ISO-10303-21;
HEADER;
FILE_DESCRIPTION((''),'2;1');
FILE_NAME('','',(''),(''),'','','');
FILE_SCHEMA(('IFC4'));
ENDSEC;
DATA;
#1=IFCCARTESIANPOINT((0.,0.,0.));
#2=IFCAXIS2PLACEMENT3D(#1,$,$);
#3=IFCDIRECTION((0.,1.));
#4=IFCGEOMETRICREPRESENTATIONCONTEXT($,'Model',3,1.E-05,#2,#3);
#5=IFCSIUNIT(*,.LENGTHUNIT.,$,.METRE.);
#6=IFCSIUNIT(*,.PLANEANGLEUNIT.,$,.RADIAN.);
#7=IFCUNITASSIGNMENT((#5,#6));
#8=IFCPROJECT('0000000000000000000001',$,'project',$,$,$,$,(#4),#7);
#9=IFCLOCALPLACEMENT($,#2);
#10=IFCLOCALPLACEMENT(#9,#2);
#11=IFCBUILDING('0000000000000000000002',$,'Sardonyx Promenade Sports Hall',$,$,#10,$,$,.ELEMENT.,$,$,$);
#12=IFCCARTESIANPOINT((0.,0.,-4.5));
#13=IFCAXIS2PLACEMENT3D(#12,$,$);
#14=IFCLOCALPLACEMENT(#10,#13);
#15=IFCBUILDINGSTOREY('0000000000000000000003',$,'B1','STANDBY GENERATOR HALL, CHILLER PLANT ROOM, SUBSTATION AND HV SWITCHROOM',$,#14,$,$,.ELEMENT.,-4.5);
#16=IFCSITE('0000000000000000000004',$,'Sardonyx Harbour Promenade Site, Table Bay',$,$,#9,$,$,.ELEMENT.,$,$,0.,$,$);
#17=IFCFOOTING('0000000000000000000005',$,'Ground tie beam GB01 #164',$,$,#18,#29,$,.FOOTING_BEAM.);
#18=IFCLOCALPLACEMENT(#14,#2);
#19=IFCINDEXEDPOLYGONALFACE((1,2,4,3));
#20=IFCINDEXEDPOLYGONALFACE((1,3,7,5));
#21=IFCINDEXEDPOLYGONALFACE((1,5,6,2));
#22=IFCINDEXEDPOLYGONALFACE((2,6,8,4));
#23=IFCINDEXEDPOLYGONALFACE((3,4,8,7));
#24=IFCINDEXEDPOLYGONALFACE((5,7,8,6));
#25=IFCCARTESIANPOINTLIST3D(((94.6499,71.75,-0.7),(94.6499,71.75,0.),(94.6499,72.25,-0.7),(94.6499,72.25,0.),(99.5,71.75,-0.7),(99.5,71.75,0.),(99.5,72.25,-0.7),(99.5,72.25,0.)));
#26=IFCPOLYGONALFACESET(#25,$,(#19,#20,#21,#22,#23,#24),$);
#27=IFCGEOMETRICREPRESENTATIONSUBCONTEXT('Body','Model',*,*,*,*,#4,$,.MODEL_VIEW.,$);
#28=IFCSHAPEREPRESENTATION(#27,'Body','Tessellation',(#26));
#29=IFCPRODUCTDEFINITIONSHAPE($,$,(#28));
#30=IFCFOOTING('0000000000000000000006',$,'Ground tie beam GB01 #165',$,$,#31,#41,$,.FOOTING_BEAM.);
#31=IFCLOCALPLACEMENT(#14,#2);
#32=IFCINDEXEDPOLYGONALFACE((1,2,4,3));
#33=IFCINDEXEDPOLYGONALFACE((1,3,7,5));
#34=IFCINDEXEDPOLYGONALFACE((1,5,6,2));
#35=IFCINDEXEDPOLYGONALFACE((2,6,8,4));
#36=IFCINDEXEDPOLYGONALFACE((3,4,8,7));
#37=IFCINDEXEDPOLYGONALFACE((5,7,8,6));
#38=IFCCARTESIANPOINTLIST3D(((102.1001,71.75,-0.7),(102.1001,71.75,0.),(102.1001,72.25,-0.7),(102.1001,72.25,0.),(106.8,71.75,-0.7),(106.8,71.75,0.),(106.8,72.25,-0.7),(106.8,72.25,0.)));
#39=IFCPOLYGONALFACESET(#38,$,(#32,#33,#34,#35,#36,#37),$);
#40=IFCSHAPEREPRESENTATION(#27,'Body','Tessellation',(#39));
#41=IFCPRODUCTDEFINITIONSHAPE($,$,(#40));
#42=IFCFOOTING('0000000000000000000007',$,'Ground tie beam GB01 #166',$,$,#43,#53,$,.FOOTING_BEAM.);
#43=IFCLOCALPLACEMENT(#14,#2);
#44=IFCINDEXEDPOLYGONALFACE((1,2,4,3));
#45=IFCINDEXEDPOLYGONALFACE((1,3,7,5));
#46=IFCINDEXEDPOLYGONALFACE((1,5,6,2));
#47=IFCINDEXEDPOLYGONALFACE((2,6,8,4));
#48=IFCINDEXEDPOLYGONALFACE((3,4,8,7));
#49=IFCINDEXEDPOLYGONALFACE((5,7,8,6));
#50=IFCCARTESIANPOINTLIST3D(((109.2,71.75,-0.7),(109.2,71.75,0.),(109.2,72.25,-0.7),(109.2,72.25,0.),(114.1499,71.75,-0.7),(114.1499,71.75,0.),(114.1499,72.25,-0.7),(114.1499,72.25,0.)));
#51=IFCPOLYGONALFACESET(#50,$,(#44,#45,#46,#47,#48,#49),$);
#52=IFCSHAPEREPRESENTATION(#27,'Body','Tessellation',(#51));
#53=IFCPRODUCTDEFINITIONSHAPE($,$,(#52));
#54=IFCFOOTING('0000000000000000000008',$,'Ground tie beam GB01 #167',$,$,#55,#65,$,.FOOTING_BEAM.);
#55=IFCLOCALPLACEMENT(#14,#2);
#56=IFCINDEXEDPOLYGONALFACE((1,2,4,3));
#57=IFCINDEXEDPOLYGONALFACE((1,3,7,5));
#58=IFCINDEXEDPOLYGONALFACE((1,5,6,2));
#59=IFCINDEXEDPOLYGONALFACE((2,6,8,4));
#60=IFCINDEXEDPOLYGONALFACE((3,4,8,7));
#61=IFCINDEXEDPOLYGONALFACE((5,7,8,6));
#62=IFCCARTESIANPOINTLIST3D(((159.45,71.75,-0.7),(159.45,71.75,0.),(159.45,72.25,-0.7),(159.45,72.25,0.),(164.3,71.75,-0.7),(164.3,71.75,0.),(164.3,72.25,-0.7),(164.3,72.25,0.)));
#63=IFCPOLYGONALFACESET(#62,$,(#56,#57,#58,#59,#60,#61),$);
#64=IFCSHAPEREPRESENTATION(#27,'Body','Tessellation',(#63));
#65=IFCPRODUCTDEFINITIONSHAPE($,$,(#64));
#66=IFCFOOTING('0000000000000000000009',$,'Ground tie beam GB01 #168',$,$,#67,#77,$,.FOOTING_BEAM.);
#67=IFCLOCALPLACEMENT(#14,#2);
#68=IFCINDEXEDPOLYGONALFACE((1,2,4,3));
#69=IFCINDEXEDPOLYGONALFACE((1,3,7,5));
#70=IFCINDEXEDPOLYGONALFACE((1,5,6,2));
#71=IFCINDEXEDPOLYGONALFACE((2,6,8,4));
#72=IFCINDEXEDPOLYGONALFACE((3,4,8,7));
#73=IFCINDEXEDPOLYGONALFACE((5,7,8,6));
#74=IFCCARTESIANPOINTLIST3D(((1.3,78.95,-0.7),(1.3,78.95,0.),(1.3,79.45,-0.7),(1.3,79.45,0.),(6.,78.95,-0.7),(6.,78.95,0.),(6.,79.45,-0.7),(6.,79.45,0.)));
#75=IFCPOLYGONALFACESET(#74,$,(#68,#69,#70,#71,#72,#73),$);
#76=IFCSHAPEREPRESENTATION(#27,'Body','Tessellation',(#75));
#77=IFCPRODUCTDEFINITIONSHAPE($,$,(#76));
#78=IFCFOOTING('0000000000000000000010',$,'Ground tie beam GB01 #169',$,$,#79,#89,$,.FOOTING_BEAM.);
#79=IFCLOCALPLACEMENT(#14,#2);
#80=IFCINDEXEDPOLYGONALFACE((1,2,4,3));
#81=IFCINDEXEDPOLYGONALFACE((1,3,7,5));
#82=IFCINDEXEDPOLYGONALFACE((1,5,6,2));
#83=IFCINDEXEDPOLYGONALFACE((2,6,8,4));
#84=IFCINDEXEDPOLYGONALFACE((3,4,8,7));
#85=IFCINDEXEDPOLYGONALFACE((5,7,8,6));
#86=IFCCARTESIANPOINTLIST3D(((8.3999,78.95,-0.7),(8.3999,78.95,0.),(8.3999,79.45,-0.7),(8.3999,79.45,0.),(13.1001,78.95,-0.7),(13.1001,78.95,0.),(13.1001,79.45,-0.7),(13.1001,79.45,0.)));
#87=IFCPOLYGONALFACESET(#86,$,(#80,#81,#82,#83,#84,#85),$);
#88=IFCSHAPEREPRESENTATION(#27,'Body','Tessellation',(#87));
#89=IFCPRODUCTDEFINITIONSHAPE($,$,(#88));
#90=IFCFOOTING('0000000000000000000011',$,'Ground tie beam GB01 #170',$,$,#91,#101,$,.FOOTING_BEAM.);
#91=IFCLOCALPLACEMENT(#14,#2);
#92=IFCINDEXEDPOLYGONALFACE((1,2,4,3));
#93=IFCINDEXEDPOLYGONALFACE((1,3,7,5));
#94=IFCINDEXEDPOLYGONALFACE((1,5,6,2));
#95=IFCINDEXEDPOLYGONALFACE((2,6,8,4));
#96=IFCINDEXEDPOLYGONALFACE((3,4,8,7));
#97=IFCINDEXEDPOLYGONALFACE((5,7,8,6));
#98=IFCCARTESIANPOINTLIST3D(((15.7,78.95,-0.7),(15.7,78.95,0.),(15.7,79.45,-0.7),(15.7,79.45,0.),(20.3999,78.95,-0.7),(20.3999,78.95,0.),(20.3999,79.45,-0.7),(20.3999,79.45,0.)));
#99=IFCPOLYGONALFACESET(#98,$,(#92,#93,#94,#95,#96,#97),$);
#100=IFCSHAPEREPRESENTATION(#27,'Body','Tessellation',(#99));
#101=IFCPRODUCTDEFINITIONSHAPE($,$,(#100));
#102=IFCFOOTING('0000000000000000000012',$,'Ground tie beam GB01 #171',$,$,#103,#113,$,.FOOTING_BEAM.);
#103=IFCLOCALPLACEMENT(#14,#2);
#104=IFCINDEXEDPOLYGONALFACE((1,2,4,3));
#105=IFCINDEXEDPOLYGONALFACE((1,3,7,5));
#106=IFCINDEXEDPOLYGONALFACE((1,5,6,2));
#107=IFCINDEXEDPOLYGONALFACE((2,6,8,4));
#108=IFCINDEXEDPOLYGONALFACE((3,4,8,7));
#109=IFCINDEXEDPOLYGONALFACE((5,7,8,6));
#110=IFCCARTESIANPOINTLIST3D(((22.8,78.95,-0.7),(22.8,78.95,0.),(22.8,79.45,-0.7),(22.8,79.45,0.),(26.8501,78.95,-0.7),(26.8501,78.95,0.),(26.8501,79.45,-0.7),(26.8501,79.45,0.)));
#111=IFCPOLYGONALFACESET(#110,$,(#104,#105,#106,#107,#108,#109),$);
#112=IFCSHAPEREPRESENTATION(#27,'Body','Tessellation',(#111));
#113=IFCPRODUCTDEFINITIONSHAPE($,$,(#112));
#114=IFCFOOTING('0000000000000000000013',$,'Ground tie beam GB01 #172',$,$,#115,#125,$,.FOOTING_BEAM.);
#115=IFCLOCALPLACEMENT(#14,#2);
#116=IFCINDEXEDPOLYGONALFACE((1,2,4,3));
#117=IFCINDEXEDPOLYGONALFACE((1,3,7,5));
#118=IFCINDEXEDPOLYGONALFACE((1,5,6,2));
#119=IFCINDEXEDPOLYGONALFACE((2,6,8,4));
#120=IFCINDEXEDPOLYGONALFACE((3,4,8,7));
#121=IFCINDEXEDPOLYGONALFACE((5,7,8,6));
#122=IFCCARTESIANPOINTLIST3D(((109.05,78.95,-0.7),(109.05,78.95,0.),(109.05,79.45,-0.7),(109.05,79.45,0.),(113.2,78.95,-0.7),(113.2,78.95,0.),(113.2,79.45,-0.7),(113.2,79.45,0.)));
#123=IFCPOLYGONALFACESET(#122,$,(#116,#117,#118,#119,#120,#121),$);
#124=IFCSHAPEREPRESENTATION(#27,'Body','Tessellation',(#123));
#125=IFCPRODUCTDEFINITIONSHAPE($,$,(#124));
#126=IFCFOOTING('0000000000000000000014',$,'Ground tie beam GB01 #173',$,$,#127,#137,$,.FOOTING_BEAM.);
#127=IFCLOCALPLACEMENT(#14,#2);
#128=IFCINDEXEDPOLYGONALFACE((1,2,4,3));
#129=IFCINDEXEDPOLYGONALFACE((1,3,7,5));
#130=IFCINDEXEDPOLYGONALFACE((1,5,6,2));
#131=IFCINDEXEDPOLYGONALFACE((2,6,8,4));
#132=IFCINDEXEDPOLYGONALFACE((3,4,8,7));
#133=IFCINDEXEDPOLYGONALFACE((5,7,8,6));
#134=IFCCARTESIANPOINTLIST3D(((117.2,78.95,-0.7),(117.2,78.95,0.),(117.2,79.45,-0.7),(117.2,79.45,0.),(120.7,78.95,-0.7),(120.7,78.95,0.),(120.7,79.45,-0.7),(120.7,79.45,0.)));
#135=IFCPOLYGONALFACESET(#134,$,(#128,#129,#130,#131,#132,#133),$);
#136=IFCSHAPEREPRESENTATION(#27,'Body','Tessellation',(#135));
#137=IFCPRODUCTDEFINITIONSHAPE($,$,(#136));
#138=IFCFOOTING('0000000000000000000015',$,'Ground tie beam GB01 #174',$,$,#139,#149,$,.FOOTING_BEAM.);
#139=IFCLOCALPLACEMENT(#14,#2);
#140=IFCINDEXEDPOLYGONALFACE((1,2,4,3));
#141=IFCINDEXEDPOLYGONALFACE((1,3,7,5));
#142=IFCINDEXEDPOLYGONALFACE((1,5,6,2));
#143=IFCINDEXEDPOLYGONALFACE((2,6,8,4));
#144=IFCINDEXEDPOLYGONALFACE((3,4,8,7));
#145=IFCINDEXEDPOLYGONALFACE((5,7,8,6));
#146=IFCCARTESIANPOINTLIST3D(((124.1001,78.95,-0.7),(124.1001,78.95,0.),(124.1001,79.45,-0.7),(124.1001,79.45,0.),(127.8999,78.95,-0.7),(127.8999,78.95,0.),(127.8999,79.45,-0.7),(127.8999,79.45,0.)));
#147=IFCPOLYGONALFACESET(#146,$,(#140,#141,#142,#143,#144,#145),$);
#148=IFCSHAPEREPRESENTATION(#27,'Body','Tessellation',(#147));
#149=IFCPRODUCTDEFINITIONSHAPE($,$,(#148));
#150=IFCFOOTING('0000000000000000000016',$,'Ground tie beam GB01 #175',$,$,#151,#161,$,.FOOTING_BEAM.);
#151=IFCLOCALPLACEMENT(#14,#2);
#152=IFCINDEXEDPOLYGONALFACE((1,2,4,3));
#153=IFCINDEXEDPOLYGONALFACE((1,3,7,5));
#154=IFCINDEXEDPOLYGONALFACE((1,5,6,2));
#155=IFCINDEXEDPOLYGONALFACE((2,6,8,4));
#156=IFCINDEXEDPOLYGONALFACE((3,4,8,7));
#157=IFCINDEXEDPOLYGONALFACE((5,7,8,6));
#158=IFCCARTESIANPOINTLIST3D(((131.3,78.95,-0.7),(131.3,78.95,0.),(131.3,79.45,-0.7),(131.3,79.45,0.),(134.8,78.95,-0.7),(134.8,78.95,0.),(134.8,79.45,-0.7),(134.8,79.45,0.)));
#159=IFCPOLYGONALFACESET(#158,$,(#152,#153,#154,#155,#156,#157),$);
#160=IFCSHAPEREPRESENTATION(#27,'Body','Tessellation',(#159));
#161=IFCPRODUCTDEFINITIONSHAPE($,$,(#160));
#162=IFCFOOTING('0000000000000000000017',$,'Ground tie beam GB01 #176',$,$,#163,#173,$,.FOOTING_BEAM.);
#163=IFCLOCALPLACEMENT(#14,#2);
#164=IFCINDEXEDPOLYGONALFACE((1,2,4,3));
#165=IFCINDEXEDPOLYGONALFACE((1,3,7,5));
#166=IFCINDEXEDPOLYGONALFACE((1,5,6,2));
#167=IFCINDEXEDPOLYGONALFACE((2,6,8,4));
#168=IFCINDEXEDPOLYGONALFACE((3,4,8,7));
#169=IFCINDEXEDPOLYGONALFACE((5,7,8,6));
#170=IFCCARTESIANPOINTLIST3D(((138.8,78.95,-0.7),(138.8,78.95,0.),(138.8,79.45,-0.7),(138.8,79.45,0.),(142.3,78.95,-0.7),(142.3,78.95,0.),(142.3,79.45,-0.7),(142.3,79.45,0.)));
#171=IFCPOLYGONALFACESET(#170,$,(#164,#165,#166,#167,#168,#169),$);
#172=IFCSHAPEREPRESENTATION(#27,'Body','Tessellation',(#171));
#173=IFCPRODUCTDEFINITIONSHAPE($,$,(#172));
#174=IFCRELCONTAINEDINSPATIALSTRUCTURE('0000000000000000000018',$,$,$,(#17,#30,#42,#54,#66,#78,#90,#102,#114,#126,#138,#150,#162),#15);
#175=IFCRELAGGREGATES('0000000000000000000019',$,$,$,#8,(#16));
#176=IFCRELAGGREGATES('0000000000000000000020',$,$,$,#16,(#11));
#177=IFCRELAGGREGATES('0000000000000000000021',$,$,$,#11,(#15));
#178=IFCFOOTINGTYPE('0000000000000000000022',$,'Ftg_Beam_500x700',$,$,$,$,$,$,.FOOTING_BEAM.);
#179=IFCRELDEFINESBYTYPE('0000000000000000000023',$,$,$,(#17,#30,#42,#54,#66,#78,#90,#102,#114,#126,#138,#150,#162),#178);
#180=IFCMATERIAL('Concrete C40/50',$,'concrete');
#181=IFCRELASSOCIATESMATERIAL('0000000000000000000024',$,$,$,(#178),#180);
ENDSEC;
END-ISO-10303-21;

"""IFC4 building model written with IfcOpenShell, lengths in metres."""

from ifc_helpers import new_model, si_unit, direction, frame, origin, place, context, subcontext, project, spatial, polyline, outline, extrude, material, type_object, element, save


model = new_model("IFC4")

# Units and contexts
model_context = context("Model", 3, precision=1e-05, world=origin(), true_north=direction((0.0, 1.0)))
body_context = subcontext(model_context, "Body", "Model", "MODEL_VIEW")
ifc_project = project(units=[si_unit("LENGTHUNIT", "METRE"), si_unit("PLANEANGLEUNIT", "RADIAN")], contexts=[model_context])

# Site, building, storey
site_placement = place(None, origin())
site = spatial("IfcSite", under=ifc_project, at=site_placement, Name="Sardonyx Harbour Promenade Site, Table Bay", CompositionType="ELEMENT", RefElevation=0.0)
building_placement = place(site_placement, origin())
building = spatial("IfcBuilding", under=site, at=building_placement, Name="Sardonyx Promenade Sports Hall", CompositionType="ELEMENT")
storey_placement = place(building_placement, frame((0.0, 0.0, -4.5)))
storey = spatial("IfcBuildingStorey", under=building, at=storey_placement, Name="B1", Description="STANDBY GENERATOR HALL, CHILLER PLANT ROOM, SUBSTATION AND HV SWITCHROOM", CompositionType="ELEMENT", Elevation=-4.5)

# Footings
ifc_material = material(Name="Concrete C40/50", Category="concrete")
footing_type = type_object("IfcFootingType", Name="Ftg_Beam_500x700", PredefinedType="FOOTING_BEAM", material=ifc_material)
footing_1_placement = place(storey_placement, frame((0.0, 0.0, -0.7)))
element("IfcFooting", 1, at=footing_1_placement, inside=storey, type_object=footing_type, Name="Ground tie beam GB01 #164", PredefinedType="FOOTING_BEAM", context=body_context, shape_type="SweptSolid", body=[
    extrude(outline(polyline([(94.6499, 71.75), (99.5, 71.75), (99.5, 72.25), (94.6499, 72.25), (94.6499, 71.75)])), origin(), (0.0, 0.0, 1.0), 0.7),
])
footing_2_placement = place(storey_placement, frame((0.0, 0.0, -0.7)))
element("IfcFooting", 2, at=footing_2_placement, inside=storey, type_object=footing_type, Name="Ground tie beam GB01 #165", PredefinedType="FOOTING_BEAM", context=body_context, shape_type="SweptSolid", body=[
    extrude(outline(polyline([(102.1001, 71.75), (106.8, 71.75), (106.8, 72.25), (102.1001, 72.25), (102.1001, 71.75)])), origin(), (0.0, 0.0, 1.0), 0.7),
])
footing_3_placement = place(storey_placement, frame((0.0, 0.0, -0.7)))
element("IfcFooting", 3, at=footing_3_placement, inside=storey, type_object=footing_type, Name="Ground tie beam GB01 #166", PredefinedType="FOOTING_BEAM", context=body_context, shape_type="SweptSolid", body=[
    extrude(outline(polyline([(109.2, 71.75), (114.1499, 71.75), (114.1499, 72.25), (109.2, 72.25), (109.2, 71.75)])), origin(), (0.0, 0.0, 1.0), 0.7),
])
footing_4_placement = place(storey_placement, frame((0.0, 0.0, -0.7)))
element("IfcFooting", 4, at=footing_4_placement, inside=storey, type_object=footing_type, Name="Ground tie beam GB01 #167", PredefinedType="FOOTING_BEAM", context=body_context, shape_type="SweptSolid", body=[
    extrude(outline(polyline([(159.45, 71.75), (164.3, 71.75), (164.3, 72.25), (159.45, 72.25), (159.45, 71.75)])), origin(), (0.0, 0.0, 1.0), 0.7),
])
footing_5_placement = place(storey_placement, frame((0.0, 0.0, -0.7)))
element("IfcFooting", 5, at=footing_5_placement, inside=storey, type_object=footing_type, Name="Ground tie beam GB01 #168", PredefinedType="FOOTING_BEAM", context=body_context, shape_type="SweptSolid", body=[
    extrude(outline(polyline([(1.3, 78.95), (6.0, 78.95), (6.0, 79.45), (1.3, 79.45), (1.3, 78.95)])), origin(), (0.0, 0.0, 1.0), 0.7),
])
footing_6_placement = place(storey_placement, frame((0.0, 0.0, -0.7)))
element("IfcFooting", 6, at=footing_6_placement, inside=storey, type_object=footing_type, Name="Ground tie beam GB01 #169", PredefinedType="FOOTING_BEAM", context=body_context, shape_type="SweptSolid", body=[
    extrude(outline(polyline([(8.3999, 78.95), (13.1001, 78.95), (13.1001, 79.45), (8.3999, 79.45), (8.3999, 78.95)])), origin(), (0.0, 0.0, 1.0), 0.7),
])
footing_7_placement = place(storey_placement, frame((0.0, 0.0, -0.7)))
element("IfcFooting", 7, at=footing_7_placement, inside=storey, type_object=footing_type, Name="Ground tie beam GB01 #170", PredefinedType="FOOTING_BEAM", context=body_context, shape_type="SweptSolid", body=[
    extrude(outline(polyline([(15.7, 78.95), (20.3999, 78.95), (20.3999, 79.45), (15.7, 79.45), (15.7, 78.95)])), origin(), (0.0, 0.0, 1.0), 0.7),
])
footing_8_placement = place(storey_placement, frame((0.0, 0.0, -0.7)))
element("IfcFooting", 8, at=footing_8_placement, inside=storey, type_object=footing_type, Name="Ground tie beam GB01 #171", PredefinedType="FOOTING_BEAM", context=body_context, shape_type="SweptSolid", body=[
    extrude(outline(polyline([(22.8, 78.95), (26.8501, 78.95), (26.8501, 79.45), (22.8, 79.45), (22.8, 78.95)])), origin(), (0.0, 0.0, 1.0), 0.7),
])
footing_9_placement = place(storey_placement, frame((0.0, 0.0, -0.7)))
element("IfcFooting", 9, at=footing_9_placement, inside=storey, type_object=footing_type, Name="Ground tie beam GB01 #172", PredefinedType="FOOTING_BEAM", context=body_context, shape_type="SweptSolid", body=[
    extrude(outline(polyline([(109.05, 78.95), (113.2, 78.95), (113.2, 79.45), (109.05, 79.45), (109.05, 78.95)])), origin(), (0.0, 0.0, 1.0), 0.7),
])
footing_10_placement = place(storey_placement, frame((0.0, 0.0, -0.7)))
element("IfcFooting", 10, at=footing_10_placement, inside=storey, type_object=footing_type, Name="Ground tie beam GB01 #173", PredefinedType="FOOTING_BEAM", context=body_context, shape_type="SweptSolid", body=[
    extrude(outline(polyline([(117.2, 78.95), (120.7, 78.95), (120.7, 79.45), (117.2, 79.45), (117.2, 78.95)])), origin(), (0.0, 0.0, 1.0), 0.7),
])
footing_11_placement = place(storey_placement, frame((0.0, 0.0, -0.7)))
element("IfcFooting", 11, at=footing_11_placement, inside=storey, type_object=footing_type, Name="Ground tie beam GB01 #174", PredefinedType="FOOTING_BEAM", context=body_context, shape_type="SweptSolid", body=[
    extrude(outline(polyline([(124.1001, 78.95), (127.8999, 78.95), (127.8999, 79.45), (124.1001, 79.45), (124.1001, 78.95)])), origin(), (0.0, 0.0, 1.0), 0.7),
])
footing_12_placement = place(storey_placement, frame((0.0, 0.0, -0.7)))
element("IfcFooting", 12, at=footing_12_placement, inside=storey, type_object=footing_type, Name="Ground tie beam GB01 #175", PredefinedType="FOOTING_BEAM", context=body_context, shape_type="SweptSolid", body=[
    extrude(outline(polyline([(131.3, 78.95), (134.8, 78.95), (134.8, 79.45), (131.3, 79.45), (131.3, 78.95)])), origin(), (0.0, 0.0, 1.0), 0.7),
])
footing_13_placement = place(storey_placement, frame((0.0, 0.0, -0.7)))
element("IfcFooting", 13, at=footing_13_placement, inside=storey, type_object=footing_type, Name="Ground tie beam GB01 #176", PredefinedType="FOOTING_BEAM", context=body_context, shape_type="SweptSolid", body=[
    extrude(outline(polyline([(138.8, 78.95), (142.3, 78.95), (142.3, 79.45), (138.8, 79.45), (138.8, 78.95)])), origin(), (0.0, 0.0, 1.0), 0.7),
])

save(model, "model.ifc")
